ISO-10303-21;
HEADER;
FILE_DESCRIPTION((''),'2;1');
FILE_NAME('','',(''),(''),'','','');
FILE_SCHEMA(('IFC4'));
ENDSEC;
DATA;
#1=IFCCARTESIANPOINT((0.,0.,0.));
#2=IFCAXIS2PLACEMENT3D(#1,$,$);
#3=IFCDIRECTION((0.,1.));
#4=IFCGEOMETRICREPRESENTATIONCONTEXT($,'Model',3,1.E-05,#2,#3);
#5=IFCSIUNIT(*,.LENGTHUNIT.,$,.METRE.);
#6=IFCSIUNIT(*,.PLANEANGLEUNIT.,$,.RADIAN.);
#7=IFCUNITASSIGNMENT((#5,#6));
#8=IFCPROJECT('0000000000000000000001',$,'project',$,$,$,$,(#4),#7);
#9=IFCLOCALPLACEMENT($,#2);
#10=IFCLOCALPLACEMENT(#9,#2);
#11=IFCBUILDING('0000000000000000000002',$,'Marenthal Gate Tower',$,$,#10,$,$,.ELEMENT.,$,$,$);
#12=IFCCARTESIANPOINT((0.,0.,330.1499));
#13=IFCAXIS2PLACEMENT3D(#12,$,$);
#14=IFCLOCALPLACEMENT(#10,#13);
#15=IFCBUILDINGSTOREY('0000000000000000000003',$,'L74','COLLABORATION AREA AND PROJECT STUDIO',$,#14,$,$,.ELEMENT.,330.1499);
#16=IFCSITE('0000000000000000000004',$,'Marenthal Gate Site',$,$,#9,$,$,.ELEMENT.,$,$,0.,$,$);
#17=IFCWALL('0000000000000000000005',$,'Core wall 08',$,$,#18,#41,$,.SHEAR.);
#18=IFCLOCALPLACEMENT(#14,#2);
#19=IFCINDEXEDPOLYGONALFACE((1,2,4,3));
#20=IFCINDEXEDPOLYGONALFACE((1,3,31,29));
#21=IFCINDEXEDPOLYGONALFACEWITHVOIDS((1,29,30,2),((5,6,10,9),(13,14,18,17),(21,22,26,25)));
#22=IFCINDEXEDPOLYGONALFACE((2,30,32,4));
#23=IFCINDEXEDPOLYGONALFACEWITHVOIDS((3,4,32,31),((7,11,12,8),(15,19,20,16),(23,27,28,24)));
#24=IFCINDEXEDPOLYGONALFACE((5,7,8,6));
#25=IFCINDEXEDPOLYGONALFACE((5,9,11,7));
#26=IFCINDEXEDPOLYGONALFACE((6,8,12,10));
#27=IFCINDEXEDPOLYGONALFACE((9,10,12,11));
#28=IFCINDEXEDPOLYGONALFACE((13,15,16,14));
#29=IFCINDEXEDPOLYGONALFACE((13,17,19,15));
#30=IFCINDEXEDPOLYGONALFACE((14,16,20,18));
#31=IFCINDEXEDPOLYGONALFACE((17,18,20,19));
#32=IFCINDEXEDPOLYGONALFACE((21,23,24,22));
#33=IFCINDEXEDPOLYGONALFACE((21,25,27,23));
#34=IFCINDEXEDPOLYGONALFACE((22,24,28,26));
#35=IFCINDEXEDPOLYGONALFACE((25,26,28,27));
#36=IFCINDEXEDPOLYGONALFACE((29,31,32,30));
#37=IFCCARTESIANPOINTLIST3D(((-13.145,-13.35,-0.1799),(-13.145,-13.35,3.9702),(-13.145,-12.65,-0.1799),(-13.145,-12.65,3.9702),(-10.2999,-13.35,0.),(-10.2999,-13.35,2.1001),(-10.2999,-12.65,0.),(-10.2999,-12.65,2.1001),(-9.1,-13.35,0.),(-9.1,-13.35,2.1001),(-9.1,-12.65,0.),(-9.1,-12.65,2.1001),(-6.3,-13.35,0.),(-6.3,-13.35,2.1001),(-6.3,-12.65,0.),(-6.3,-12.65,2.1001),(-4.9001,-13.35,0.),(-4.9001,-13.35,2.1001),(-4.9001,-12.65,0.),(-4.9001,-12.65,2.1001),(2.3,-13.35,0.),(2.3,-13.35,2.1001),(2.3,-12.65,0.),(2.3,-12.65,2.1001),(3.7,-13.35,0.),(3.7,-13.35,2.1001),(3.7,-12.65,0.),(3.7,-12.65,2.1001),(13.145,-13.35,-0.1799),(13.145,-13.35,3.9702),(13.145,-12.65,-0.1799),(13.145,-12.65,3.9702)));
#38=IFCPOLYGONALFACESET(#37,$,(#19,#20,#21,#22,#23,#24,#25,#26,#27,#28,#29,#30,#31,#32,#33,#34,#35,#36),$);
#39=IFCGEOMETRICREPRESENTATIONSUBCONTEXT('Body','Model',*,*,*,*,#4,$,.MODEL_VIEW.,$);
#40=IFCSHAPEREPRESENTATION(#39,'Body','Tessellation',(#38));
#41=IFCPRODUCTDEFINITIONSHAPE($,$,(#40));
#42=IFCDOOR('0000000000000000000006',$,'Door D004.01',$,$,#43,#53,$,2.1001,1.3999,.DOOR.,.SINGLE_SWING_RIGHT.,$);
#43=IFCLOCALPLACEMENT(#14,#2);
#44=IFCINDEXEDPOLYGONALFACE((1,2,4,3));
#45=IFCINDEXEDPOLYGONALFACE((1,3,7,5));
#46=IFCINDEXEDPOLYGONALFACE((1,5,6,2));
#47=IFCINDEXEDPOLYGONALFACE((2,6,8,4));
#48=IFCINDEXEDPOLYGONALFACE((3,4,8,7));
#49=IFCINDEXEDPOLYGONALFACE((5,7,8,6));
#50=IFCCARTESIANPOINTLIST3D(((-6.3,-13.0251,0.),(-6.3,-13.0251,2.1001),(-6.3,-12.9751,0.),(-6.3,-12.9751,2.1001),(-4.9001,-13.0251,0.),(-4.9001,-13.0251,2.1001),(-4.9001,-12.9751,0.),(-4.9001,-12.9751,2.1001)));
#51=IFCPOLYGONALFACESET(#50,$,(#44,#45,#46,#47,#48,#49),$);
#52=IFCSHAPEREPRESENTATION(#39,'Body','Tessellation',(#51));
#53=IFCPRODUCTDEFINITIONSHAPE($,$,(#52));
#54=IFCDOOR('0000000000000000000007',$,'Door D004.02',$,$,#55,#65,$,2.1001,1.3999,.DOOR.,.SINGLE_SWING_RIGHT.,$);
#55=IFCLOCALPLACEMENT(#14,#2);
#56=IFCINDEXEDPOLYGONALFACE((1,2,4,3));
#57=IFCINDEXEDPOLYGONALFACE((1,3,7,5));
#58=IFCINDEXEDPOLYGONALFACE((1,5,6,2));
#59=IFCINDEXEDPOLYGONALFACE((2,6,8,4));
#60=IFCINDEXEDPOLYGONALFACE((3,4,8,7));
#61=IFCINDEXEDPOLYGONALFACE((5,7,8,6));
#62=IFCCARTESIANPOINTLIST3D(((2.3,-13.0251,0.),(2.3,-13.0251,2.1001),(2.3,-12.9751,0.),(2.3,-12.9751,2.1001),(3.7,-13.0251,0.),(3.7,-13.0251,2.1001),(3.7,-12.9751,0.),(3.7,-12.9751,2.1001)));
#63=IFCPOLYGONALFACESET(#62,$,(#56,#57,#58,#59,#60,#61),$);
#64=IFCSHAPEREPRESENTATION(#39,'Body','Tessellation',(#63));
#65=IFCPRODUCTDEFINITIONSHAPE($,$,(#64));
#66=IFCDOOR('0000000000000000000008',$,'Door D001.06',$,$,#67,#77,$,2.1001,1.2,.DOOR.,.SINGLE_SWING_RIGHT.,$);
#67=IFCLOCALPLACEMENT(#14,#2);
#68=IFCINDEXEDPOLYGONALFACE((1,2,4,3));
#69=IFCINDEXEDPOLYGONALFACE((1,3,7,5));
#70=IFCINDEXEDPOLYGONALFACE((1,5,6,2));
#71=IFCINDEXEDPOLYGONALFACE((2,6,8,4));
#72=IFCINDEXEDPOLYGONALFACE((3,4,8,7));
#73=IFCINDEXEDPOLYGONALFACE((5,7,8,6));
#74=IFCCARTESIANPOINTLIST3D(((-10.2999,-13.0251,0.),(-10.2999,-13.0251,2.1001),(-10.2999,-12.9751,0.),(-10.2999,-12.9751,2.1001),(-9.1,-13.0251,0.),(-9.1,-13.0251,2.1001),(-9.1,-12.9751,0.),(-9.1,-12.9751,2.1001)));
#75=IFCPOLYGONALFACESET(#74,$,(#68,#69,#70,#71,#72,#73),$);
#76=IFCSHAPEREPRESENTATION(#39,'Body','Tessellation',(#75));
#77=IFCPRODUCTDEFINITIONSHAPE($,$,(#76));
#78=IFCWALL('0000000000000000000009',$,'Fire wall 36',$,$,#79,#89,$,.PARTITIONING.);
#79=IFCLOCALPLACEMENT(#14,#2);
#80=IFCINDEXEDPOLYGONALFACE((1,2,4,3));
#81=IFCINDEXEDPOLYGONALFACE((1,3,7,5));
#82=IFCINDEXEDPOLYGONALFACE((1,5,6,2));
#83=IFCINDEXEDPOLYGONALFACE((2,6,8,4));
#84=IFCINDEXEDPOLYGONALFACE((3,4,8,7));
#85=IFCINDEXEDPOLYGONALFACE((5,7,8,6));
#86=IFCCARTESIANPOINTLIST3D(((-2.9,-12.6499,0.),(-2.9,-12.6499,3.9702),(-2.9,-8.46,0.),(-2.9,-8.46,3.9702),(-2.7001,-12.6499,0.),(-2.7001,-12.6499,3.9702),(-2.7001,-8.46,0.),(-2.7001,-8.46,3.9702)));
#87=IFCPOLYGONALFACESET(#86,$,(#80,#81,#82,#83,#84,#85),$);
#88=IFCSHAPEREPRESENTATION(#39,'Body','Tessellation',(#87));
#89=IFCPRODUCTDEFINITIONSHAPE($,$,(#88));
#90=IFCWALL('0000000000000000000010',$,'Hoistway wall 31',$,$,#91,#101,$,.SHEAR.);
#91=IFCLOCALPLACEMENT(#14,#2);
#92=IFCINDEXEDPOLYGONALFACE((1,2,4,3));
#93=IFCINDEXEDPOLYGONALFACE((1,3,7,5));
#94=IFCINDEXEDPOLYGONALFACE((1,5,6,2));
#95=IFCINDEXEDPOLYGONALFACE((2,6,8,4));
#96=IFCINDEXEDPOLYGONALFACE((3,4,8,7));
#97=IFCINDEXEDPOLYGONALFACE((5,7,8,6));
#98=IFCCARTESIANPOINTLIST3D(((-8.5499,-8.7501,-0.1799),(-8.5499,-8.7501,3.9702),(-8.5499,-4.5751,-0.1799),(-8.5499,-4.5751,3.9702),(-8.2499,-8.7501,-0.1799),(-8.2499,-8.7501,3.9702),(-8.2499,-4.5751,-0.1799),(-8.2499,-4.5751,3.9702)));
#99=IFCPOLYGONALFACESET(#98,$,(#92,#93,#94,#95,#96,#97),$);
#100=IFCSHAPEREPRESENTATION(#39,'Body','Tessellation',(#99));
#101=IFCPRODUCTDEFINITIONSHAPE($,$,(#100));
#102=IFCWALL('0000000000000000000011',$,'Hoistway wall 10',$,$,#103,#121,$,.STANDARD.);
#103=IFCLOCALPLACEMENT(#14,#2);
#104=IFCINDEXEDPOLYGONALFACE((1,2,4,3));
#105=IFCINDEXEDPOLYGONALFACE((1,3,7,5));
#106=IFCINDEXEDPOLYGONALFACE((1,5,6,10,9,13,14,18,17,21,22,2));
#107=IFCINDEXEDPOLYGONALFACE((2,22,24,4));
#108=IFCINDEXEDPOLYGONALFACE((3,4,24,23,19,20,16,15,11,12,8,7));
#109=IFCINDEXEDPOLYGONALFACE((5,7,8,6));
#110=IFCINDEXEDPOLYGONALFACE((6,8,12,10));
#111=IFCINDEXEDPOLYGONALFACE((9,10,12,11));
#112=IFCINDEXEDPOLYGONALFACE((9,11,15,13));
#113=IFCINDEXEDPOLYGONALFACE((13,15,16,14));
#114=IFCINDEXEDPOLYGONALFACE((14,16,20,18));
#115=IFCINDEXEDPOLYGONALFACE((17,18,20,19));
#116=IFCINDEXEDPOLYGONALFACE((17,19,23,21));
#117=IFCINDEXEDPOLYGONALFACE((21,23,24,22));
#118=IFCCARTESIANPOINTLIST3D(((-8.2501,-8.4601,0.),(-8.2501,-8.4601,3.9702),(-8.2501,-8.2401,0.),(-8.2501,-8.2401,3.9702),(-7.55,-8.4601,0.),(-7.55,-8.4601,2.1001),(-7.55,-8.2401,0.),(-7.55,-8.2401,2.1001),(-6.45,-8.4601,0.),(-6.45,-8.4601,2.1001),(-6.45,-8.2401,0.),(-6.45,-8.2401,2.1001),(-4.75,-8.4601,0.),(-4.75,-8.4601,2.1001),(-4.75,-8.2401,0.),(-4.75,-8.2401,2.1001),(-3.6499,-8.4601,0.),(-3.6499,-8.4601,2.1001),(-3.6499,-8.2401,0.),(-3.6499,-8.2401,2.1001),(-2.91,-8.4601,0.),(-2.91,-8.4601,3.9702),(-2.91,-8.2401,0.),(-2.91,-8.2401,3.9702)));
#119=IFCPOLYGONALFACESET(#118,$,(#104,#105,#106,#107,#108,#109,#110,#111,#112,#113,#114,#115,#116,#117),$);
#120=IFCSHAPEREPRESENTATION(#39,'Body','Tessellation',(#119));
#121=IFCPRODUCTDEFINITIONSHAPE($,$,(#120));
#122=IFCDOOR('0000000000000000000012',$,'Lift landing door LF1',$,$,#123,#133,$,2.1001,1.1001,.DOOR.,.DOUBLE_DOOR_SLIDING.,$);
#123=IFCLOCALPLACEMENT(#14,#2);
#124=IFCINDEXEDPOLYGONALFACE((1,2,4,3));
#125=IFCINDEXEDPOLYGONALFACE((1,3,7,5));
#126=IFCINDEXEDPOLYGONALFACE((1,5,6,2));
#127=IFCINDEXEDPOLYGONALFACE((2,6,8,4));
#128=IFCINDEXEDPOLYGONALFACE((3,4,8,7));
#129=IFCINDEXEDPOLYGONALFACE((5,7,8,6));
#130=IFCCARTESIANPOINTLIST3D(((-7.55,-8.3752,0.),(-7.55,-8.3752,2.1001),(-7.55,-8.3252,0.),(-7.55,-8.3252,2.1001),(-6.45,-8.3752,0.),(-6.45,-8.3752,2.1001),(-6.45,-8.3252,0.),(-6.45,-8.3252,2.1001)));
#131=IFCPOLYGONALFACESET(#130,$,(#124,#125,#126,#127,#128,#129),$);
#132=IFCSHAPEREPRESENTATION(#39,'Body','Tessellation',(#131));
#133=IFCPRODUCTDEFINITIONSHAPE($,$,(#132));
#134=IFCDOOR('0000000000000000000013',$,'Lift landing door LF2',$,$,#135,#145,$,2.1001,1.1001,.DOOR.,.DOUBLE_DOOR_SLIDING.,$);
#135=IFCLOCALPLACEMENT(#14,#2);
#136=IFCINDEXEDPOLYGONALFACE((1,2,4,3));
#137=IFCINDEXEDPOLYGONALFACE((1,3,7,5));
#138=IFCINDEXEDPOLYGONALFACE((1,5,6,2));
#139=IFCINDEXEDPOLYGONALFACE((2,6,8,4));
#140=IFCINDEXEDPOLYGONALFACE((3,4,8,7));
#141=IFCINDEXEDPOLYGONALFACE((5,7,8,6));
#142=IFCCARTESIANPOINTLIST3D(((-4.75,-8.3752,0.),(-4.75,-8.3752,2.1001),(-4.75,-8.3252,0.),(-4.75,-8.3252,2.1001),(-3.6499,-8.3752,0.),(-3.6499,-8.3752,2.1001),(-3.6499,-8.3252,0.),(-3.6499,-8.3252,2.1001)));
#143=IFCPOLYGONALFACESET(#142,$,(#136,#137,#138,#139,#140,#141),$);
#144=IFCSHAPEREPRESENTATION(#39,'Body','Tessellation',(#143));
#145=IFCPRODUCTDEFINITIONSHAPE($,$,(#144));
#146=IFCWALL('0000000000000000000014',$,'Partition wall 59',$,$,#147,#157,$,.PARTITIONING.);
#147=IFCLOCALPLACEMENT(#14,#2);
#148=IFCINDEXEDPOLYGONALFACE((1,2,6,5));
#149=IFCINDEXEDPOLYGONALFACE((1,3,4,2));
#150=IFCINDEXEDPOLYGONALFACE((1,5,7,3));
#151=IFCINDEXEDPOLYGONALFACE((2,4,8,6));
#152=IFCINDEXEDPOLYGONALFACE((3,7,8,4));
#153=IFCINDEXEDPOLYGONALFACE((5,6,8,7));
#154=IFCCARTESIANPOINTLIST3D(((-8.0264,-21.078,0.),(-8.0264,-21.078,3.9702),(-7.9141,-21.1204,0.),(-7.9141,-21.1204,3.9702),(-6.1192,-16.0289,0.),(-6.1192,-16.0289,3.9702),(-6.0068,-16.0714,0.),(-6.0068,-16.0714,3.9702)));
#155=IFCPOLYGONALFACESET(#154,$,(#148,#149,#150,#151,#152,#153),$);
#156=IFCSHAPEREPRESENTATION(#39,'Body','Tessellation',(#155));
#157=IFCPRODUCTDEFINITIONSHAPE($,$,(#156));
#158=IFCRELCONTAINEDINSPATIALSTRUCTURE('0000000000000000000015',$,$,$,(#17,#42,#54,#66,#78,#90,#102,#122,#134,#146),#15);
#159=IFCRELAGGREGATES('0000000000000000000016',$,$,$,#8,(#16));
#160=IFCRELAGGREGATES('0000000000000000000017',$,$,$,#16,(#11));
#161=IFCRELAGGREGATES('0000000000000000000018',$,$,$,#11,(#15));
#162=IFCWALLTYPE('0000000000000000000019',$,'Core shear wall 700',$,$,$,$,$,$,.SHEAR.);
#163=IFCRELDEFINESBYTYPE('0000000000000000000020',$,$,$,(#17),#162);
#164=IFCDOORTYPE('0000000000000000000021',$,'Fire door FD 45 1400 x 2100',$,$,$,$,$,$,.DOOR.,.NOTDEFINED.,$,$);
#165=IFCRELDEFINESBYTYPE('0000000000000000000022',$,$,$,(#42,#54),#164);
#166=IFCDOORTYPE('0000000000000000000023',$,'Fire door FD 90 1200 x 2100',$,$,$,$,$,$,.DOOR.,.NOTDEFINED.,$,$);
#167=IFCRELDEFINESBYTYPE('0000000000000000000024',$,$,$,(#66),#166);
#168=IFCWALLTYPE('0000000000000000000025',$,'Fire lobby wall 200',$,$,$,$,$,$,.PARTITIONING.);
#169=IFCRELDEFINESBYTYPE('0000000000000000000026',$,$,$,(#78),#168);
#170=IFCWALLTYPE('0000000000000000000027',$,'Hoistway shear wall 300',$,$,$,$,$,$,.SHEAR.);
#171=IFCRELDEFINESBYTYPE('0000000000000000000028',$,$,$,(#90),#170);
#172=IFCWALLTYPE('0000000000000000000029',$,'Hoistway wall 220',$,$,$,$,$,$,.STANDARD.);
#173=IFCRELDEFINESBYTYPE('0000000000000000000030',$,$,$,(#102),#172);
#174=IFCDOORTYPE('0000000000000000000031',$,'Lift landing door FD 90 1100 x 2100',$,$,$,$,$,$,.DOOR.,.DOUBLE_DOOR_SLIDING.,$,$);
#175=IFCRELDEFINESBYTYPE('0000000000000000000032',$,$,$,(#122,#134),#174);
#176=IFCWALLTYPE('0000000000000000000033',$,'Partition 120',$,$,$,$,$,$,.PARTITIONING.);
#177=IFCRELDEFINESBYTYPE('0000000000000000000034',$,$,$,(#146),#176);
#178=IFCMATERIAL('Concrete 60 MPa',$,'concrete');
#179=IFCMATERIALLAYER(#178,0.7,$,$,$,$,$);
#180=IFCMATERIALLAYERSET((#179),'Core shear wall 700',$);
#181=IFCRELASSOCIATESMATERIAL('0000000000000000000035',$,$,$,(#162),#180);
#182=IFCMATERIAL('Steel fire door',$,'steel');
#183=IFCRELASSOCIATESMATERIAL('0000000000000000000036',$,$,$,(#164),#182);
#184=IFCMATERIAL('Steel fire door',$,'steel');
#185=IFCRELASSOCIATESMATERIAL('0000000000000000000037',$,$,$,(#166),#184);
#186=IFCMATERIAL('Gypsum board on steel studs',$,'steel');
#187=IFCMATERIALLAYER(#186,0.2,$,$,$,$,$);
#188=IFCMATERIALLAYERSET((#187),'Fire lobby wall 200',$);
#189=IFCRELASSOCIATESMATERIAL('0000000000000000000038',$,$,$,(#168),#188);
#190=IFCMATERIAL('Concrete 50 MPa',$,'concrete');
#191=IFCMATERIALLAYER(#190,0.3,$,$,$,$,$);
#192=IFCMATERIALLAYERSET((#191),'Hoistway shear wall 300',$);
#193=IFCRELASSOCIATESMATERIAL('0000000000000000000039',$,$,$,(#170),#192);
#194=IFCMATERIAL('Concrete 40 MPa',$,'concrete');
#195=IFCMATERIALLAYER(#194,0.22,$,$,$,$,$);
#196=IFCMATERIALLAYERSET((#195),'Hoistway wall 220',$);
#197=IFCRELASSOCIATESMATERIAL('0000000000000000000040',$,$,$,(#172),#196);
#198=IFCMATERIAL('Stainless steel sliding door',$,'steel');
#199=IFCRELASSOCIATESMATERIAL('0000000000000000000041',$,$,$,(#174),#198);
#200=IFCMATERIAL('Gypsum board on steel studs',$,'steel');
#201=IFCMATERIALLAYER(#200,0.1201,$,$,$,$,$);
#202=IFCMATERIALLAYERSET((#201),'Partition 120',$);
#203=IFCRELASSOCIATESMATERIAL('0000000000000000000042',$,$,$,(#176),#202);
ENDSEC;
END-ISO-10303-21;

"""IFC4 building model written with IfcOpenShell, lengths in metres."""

from ifc_helpers import new_model, si_unit, direction, frame, frame_2d, origin, place, context, subcontext, project, spatial, rectangle, extrude, material, layer, layer_set, type_object, element, fill, save


model = new_model("IFC4")

# Units and contexts
model_context = context("Model", 3, precision=1e-05, world=origin(), true_north=direction((0.0, 1.0)))
body_context = subcontext(model_context, "Body", "Model", "MODEL_VIEW")
ifc_project = project(units=[si_unit("LENGTHUNIT", "METRE"), si_unit("PLANEANGLEUNIT", "RADIAN")], contexts=[model_context])

# Site, building, storey
site_placement = place(None, origin())
site = spatial("IfcSite", under=ifc_project, at=site_placement, Name="Marenthal Gate Site", CompositionType="ELEMENT", RefElevation=0.0)
building_placement = place(site_placement, origin())
building = spatial("IfcBuilding", under=site, at=building_placement, Name="Marenthal Gate Tower", CompositionType="ELEMENT")
storey_placement = place(building_placement, frame((0.0, 0.0, 330.1499)))
storey = spatial("IfcBuildingStorey", under=building, at=storey_placement, Name="L74", Description="COLLABORATION AREA AND PROJECT STUDIO", CompositionType="ELEMENT", Elevation=330.1499)

# Wall, openings, doors
ifc_material_1 = material(Name="Concrete 60 MPa", Category="concrete")
ifc_layer_1 = layer(ifc_material_1, 0.7)
ifc_layer_set_1 = layer_set([ifc_layer_1], Name="Core shear wall 700")
wall_type_1 = type_object("IfcWallType", Name="Core shear wall 700", PredefinedType="SHEAR", material=ifc_layer_set_1)
wall_1_placement = place(storey_placement, frame((-13.145, -13.0, -0.1799), z_axis=(0.0, 0.0, 1.0), x_axis=(1.0, 0.0, 0.0)))
wall_1 = element("IfcWall", 1, at=wall_1_placement, inside=storey, type_object=wall_type_1, Name="Core wall 08", PredefinedType="SHEAR", context=body_context, shape_type="SweptSolid", body=[
    extrude(rectangle(XDim=26.29, YDim=0.7, at=frame_2d((13.145, 0.0))), origin(), (0.0, 0.0, 1.0), 4.1501),
])
opening_1_placement = place(wall_1_placement, frame((2.845, 0.0, 0.1799)))
opening_1 = element("IfcOpeningElement", 2, at=opening_1_placement, cuts=wall_1, PredefinedType="OPENING", context=body_context, shape_type="SweptSolid", body=[
    extrude(rectangle(XDim=1.2, YDim=2.1001, at=frame_2d((0.6001, 1.05))), frame((0.0, 0.3599, 0.0), z_axis=(0.0, -1.0, 0.0), x_axis=(1.0, 0.0, 0.0)), (0.0, 0.0, 1.0), 0.72),
])
opening_2_placement = place(wall_1_placement, frame((6.845, 0.0, 0.1799)))
opening_2 = element("IfcOpeningElement", 3, at=opening_2_placement, cuts=wall_1, PredefinedType="OPENING", context=body_context, shape_type="SweptSolid", body=[
    extrude(rectangle(XDim=1.3999, YDim=2.1001, at=frame_2d((0.7, 1.05))), frame((0.0, 0.3599, 0.0), z_axis=(0.0, -1.0, 0.0), x_axis=(1.0, 0.0, 0.0)), (0.0, 0.0, 1.0), 0.72),
])
opening_3_placement = place(wall_1_placement, frame((15.4451, 0.0, 0.1799)))
opening_3 = element("IfcOpeningElement", 4, at=opening_3_placement, cuts=wall_1, PredefinedType="OPENING", context=body_context, shape_type="SweptSolid", body=[
    extrude(rectangle(XDim=1.3999, YDim=2.1001, at=frame_2d((0.7, 1.05))), frame((0.0, 0.3599, 0.0), z_axis=(0.0, -1.0, 0.0), x_axis=(1.0, 0.0, 0.0)), (0.0, 0.0, 1.0), 0.72),
])
ifc_material_2 = material(Name="Steel fire door", Category="steel")
door_type_1 = type_object("IfcDoorType", Name="Fire door FD 45 1400 x 2100", OperationType="NOTDEFINED", PredefinedType="DOOR", material=ifc_material_2)
door_1_placement = place(opening_2_placement, origin())
door_1 = element("IfcDoor", 5, at=door_1_placement, inside=storey, type_object=door_type_1, Name="Door D004.01", OperationType="SINGLE_SWING_RIGHT", OverallHeight=2.1001, OverallWidth=1.3999, PredefinedType="DOOR", context=body_context, shape_type="SweptSolid", body=[
    extrude(rectangle(XDim=1.3999, YDim=2.1001, at=frame_2d((0.7, 1.05))), frame((0.0, 0.0249, 0.0), z_axis=(0.0, -1.0, 0.0), x_axis=(1.0, 0.0, 0.0)), (0.0, 0.0, 1.0), 0.05),
])
fill(opening_2, door_1)
door_2_placement = place(opening_3_placement, origin())
door_2 = element("IfcDoor", 6, at=door_2_placement, inside=storey, type_object=door_type_1, Name="Door D004.02", OperationType="SINGLE_SWING_RIGHT", OverallHeight=2.1001, OverallWidth=1.3999, PredefinedType="DOOR", context=body_context, shape_type="SweptSolid", body=[
    extrude(rectangle(XDim=1.3999, YDim=2.1001, at=frame_2d((0.7, 1.05))), frame((0.0, 0.0249, 0.0), z_axis=(0.0, -1.0, 0.0), x_axis=(1.0, 0.0, 0.0)), (0.0, 0.0, 1.0), 0.05),
])
fill(opening_3, door_2)
ifc_material_3 = material(Name="Steel fire door", Category="steel")
door_type_2 = type_object("IfcDoorType", Name="Fire door FD 90 1200 x 2100", OperationType="NOTDEFINED", PredefinedType="DOOR", material=ifc_material_3)
door_3_placement = place(opening_1_placement, origin())
door_3 = element("IfcDoor", 7, at=door_3_placement, inside=storey, type_object=door_type_2, Name="Door D001.06", OperationType="SINGLE_SWING_RIGHT", OverallHeight=2.1001, OverallWidth=1.2, PredefinedType="DOOR", context=body_context, shape_type="SweptSolid", body=[
    extrude(rectangle(XDim=1.2, YDim=2.1001, at=frame_2d((0.6001, 1.05))), frame((0.0, 0.0249, 0.0), z_axis=(0.0, -1.0, 0.0), x_axis=(1.0, 0.0, 0.0)), (0.0, 0.0, 1.0), 0.05),
])
fill(opening_1, door_3)

# Walls
ifc_material_4 = material(Name="Gypsum board on steel studs", Category="steel")
ifc_layer_2 = layer(ifc_material_4, 0.2)
ifc_layer_set_2 = layer_set([ifc_layer_2], Name="Fire lobby wall 200")
wall_type_2 = type_object("IfcWallType", Name="Fire lobby wall 200", PredefinedType="PARTITIONING", material=ifc_layer_set_2)
wall_2_placement = place(storey_placement, frame((-2.8, -12.6499, 0.0), z_axis=(0.0, 0.0, 1.0), x_axis=(0.0, 1.0, 0.0)))
element("IfcWall", 8, at=wall_2_placement, inside=storey, type_object=wall_type_2, Name="Fire wall 36", PredefinedType="PARTITIONING", context=body_context, shape_type="SweptSolid", body=[
    extrude(rectangle(XDim=4.1899, YDim=0.2, at=frame_2d((2.095, 0.0))), origin(), (0.0, 0.0, 1.0), 3.9702),
])
ifc_material_5 = material(Name="Concrete 50 MPa", Category="concrete")
ifc_layer_3 = layer(ifc_material_5, 0.3)
ifc_layer_set_3 = layer_set([ifc_layer_3], Name="Hoistway shear wall 300")
wall_type_3 = type_object("IfcWallType", Name="Hoistway shear wall 300", PredefinedType="SHEAR", material=ifc_layer_set_3)
wall_3_placement = place(storey_placement, frame((-8.3999, -8.75, -0.1799), z_axis=(0.0, 0.0, 1.0), x_axis=(0.0, 1.0, 0.0)))
element("IfcWall", 9, at=wall_3_placement, inside=storey, type_object=wall_type_3, Name="Hoistway wall 31", PredefinedType="SHEAR", context=body_context, shape_type="SweptSolid", body=[
    extrude(rectangle(XDim=4.175, YDim=0.3, at=frame_2d((2.0874, 0.0))), origin(), (0.0, 0.0, 1.0), 4.1501),
])

# Wall, openings, doors
ifc_material_6 = material(Name="Concrete 40 MPa", Category="concrete")
ifc_layer_4 = layer(ifc_material_6, 0.22)
ifc_layer_set_4 = layer_set([ifc_layer_4], Name="Hoistway wall 220")
wall_type_4 = type_object("IfcWallType", Name="Hoistway wall 220", PredefinedType="STANDARD", material=ifc_layer_set_4)
wall_4_placement = place(storey_placement, frame((-8.25, -8.3501, 0.0), z_axis=(0.0, 0.0, 1.0), x_axis=(1.0, 0.0, 0.0)))
wall_4 = element("IfcWall", 10, at=wall_4_placement, inside=storey, type_object=wall_type_4, Name="Hoistway wall 10", PredefinedType="STANDARD", context=body_context, shape_type="SweptSolid", body=[
    extrude(rectangle(XDim=5.3401, YDim=0.22, at=frame_2d((2.6699, 0.0))), origin(), (0.0, 0.0, 1.0), 3.9702),
])
opening_4_placement = place(wall_4_placement, frame((0.7, 0.0, 0.0)))
opening_4 = element("IfcOpeningElement", 11, at=opening_4_placement, cuts=wall_4, PredefinedType="OPENING", context=body_context, shape_type="SweptSolid", body=[
    extrude(rectangle(XDim=1.1001, YDim=2.1001, at=frame_2d((0.55, 1.05))), frame((0.0, 0.1201, 0.0), z_axis=(0.0, -1.0, 0.0), x_axis=(1.0, 0.0, 0.0)), (0.0, 0.0, 1.0), 0.24),
])
opening_5_placement = place(wall_4_placement, frame((3.5, 0.0, 0.0)))
opening_5 = element("IfcOpeningElement", 12, at=opening_5_placement, cuts=wall_4, PredefinedType="OPENING", context=body_context, shape_type="SweptSolid", body=[
    extrude(rectangle(XDim=1.1001, YDim=2.1001, at=frame_2d((0.55, 1.05))), frame((0.0, 0.1201, 0.0), z_axis=(0.0, -1.0, 0.0), x_axis=(1.0, 0.0, 0.0)), (0.0, 0.0, 1.0), 0.24),
])
ifc_material_7 = material(Name="Stainless steel sliding door", Category="steel")
door_type_3 = type_object("IfcDoorType", Name="Lift landing door FD 90 1100 x 2100", OperationType="DOUBLE_DOOR_SLIDING", PredefinedType="DOOR", material=ifc_material_7)
door_4_placement = place(opening_4_placement, origin())
door_4 = element("IfcDoor", 13, at=door_4_placement, inside=storey, type_object=door_type_3, Name="Lift landing door LF1", OperationType="DOUBLE_DOOR_SLIDING", OverallHeight=2.1001, OverallWidth=1.1001, PredefinedType="DOOR", context=body_context, shape_type="SweptSolid", body=[
    extrude(rectangle(XDim=1.1001, YDim=2.1001, at=frame_2d((0.55, 1.05))), frame((0.0, 0.0249, 0.0), z_axis=(0.0, -1.0, 0.0), x_axis=(1.0, 0.0, 0.0)), (0.0, 0.0, 1.0), 0.05),
])
fill(opening_4, door_4)
door_5_placement = place(opening_5_placement, origin())
door_5 = element("IfcDoor", 14, at=door_5_placement, inside=storey, type_object=door_type_3, Name="Lift landing door LF2", OperationType="DOUBLE_DOOR_SLIDING", OverallHeight=2.1001, OverallWidth=1.1001, PredefinedType="DOOR", context=body_context, shape_type="SweptSolid", body=[
    extrude(rectangle(XDim=1.1001, YDim=2.1001, at=frame_2d((0.55, 1.05))), frame((0.0, 0.0249, 0.0), z_axis=(0.0, -1.0, 0.0), x_axis=(1.0, 0.0, 0.0)), (0.0, 0.0, 1.0), 0.05),
])
fill(opening_5, door_5)

# Wall
ifc_material_8 = material(Name="Gypsum board on steel studs", Category="steel")
ifc_layer_5 = layer(ifc_material_8, 0.1201)
ifc_layer_set_5 = layer_set([ifc_layer_5], Name="Partition 120")
wall_type_5 = type_object("IfcWallType", Name="Partition 120", PredefinedType="PARTITIONING", material=ifc_layer_set_5)
wall_5_placement = place(storey_placement, frame((-6.063, -16.05, 0.0), z_axis=(0.0, 0.0, 1.0), x_axis=(-0.353368, -0.935484, 0.0)))
element("IfcWall", 15, at=wall_5_placement, inside=storey, type_object=wall_type_5, Name="Partition wall 59", PredefinedType="PARTITIONING", context=body_context, shape_type="SweptSolid", body=[
    extrude(rectangle(XDim=5.3972, YDim=0.1201, at=frame_2d((2.6987, 0.0))), origin(), (0.0, 0.0, 1.0), 3.9702),
])

save(model, "model.ifc")
